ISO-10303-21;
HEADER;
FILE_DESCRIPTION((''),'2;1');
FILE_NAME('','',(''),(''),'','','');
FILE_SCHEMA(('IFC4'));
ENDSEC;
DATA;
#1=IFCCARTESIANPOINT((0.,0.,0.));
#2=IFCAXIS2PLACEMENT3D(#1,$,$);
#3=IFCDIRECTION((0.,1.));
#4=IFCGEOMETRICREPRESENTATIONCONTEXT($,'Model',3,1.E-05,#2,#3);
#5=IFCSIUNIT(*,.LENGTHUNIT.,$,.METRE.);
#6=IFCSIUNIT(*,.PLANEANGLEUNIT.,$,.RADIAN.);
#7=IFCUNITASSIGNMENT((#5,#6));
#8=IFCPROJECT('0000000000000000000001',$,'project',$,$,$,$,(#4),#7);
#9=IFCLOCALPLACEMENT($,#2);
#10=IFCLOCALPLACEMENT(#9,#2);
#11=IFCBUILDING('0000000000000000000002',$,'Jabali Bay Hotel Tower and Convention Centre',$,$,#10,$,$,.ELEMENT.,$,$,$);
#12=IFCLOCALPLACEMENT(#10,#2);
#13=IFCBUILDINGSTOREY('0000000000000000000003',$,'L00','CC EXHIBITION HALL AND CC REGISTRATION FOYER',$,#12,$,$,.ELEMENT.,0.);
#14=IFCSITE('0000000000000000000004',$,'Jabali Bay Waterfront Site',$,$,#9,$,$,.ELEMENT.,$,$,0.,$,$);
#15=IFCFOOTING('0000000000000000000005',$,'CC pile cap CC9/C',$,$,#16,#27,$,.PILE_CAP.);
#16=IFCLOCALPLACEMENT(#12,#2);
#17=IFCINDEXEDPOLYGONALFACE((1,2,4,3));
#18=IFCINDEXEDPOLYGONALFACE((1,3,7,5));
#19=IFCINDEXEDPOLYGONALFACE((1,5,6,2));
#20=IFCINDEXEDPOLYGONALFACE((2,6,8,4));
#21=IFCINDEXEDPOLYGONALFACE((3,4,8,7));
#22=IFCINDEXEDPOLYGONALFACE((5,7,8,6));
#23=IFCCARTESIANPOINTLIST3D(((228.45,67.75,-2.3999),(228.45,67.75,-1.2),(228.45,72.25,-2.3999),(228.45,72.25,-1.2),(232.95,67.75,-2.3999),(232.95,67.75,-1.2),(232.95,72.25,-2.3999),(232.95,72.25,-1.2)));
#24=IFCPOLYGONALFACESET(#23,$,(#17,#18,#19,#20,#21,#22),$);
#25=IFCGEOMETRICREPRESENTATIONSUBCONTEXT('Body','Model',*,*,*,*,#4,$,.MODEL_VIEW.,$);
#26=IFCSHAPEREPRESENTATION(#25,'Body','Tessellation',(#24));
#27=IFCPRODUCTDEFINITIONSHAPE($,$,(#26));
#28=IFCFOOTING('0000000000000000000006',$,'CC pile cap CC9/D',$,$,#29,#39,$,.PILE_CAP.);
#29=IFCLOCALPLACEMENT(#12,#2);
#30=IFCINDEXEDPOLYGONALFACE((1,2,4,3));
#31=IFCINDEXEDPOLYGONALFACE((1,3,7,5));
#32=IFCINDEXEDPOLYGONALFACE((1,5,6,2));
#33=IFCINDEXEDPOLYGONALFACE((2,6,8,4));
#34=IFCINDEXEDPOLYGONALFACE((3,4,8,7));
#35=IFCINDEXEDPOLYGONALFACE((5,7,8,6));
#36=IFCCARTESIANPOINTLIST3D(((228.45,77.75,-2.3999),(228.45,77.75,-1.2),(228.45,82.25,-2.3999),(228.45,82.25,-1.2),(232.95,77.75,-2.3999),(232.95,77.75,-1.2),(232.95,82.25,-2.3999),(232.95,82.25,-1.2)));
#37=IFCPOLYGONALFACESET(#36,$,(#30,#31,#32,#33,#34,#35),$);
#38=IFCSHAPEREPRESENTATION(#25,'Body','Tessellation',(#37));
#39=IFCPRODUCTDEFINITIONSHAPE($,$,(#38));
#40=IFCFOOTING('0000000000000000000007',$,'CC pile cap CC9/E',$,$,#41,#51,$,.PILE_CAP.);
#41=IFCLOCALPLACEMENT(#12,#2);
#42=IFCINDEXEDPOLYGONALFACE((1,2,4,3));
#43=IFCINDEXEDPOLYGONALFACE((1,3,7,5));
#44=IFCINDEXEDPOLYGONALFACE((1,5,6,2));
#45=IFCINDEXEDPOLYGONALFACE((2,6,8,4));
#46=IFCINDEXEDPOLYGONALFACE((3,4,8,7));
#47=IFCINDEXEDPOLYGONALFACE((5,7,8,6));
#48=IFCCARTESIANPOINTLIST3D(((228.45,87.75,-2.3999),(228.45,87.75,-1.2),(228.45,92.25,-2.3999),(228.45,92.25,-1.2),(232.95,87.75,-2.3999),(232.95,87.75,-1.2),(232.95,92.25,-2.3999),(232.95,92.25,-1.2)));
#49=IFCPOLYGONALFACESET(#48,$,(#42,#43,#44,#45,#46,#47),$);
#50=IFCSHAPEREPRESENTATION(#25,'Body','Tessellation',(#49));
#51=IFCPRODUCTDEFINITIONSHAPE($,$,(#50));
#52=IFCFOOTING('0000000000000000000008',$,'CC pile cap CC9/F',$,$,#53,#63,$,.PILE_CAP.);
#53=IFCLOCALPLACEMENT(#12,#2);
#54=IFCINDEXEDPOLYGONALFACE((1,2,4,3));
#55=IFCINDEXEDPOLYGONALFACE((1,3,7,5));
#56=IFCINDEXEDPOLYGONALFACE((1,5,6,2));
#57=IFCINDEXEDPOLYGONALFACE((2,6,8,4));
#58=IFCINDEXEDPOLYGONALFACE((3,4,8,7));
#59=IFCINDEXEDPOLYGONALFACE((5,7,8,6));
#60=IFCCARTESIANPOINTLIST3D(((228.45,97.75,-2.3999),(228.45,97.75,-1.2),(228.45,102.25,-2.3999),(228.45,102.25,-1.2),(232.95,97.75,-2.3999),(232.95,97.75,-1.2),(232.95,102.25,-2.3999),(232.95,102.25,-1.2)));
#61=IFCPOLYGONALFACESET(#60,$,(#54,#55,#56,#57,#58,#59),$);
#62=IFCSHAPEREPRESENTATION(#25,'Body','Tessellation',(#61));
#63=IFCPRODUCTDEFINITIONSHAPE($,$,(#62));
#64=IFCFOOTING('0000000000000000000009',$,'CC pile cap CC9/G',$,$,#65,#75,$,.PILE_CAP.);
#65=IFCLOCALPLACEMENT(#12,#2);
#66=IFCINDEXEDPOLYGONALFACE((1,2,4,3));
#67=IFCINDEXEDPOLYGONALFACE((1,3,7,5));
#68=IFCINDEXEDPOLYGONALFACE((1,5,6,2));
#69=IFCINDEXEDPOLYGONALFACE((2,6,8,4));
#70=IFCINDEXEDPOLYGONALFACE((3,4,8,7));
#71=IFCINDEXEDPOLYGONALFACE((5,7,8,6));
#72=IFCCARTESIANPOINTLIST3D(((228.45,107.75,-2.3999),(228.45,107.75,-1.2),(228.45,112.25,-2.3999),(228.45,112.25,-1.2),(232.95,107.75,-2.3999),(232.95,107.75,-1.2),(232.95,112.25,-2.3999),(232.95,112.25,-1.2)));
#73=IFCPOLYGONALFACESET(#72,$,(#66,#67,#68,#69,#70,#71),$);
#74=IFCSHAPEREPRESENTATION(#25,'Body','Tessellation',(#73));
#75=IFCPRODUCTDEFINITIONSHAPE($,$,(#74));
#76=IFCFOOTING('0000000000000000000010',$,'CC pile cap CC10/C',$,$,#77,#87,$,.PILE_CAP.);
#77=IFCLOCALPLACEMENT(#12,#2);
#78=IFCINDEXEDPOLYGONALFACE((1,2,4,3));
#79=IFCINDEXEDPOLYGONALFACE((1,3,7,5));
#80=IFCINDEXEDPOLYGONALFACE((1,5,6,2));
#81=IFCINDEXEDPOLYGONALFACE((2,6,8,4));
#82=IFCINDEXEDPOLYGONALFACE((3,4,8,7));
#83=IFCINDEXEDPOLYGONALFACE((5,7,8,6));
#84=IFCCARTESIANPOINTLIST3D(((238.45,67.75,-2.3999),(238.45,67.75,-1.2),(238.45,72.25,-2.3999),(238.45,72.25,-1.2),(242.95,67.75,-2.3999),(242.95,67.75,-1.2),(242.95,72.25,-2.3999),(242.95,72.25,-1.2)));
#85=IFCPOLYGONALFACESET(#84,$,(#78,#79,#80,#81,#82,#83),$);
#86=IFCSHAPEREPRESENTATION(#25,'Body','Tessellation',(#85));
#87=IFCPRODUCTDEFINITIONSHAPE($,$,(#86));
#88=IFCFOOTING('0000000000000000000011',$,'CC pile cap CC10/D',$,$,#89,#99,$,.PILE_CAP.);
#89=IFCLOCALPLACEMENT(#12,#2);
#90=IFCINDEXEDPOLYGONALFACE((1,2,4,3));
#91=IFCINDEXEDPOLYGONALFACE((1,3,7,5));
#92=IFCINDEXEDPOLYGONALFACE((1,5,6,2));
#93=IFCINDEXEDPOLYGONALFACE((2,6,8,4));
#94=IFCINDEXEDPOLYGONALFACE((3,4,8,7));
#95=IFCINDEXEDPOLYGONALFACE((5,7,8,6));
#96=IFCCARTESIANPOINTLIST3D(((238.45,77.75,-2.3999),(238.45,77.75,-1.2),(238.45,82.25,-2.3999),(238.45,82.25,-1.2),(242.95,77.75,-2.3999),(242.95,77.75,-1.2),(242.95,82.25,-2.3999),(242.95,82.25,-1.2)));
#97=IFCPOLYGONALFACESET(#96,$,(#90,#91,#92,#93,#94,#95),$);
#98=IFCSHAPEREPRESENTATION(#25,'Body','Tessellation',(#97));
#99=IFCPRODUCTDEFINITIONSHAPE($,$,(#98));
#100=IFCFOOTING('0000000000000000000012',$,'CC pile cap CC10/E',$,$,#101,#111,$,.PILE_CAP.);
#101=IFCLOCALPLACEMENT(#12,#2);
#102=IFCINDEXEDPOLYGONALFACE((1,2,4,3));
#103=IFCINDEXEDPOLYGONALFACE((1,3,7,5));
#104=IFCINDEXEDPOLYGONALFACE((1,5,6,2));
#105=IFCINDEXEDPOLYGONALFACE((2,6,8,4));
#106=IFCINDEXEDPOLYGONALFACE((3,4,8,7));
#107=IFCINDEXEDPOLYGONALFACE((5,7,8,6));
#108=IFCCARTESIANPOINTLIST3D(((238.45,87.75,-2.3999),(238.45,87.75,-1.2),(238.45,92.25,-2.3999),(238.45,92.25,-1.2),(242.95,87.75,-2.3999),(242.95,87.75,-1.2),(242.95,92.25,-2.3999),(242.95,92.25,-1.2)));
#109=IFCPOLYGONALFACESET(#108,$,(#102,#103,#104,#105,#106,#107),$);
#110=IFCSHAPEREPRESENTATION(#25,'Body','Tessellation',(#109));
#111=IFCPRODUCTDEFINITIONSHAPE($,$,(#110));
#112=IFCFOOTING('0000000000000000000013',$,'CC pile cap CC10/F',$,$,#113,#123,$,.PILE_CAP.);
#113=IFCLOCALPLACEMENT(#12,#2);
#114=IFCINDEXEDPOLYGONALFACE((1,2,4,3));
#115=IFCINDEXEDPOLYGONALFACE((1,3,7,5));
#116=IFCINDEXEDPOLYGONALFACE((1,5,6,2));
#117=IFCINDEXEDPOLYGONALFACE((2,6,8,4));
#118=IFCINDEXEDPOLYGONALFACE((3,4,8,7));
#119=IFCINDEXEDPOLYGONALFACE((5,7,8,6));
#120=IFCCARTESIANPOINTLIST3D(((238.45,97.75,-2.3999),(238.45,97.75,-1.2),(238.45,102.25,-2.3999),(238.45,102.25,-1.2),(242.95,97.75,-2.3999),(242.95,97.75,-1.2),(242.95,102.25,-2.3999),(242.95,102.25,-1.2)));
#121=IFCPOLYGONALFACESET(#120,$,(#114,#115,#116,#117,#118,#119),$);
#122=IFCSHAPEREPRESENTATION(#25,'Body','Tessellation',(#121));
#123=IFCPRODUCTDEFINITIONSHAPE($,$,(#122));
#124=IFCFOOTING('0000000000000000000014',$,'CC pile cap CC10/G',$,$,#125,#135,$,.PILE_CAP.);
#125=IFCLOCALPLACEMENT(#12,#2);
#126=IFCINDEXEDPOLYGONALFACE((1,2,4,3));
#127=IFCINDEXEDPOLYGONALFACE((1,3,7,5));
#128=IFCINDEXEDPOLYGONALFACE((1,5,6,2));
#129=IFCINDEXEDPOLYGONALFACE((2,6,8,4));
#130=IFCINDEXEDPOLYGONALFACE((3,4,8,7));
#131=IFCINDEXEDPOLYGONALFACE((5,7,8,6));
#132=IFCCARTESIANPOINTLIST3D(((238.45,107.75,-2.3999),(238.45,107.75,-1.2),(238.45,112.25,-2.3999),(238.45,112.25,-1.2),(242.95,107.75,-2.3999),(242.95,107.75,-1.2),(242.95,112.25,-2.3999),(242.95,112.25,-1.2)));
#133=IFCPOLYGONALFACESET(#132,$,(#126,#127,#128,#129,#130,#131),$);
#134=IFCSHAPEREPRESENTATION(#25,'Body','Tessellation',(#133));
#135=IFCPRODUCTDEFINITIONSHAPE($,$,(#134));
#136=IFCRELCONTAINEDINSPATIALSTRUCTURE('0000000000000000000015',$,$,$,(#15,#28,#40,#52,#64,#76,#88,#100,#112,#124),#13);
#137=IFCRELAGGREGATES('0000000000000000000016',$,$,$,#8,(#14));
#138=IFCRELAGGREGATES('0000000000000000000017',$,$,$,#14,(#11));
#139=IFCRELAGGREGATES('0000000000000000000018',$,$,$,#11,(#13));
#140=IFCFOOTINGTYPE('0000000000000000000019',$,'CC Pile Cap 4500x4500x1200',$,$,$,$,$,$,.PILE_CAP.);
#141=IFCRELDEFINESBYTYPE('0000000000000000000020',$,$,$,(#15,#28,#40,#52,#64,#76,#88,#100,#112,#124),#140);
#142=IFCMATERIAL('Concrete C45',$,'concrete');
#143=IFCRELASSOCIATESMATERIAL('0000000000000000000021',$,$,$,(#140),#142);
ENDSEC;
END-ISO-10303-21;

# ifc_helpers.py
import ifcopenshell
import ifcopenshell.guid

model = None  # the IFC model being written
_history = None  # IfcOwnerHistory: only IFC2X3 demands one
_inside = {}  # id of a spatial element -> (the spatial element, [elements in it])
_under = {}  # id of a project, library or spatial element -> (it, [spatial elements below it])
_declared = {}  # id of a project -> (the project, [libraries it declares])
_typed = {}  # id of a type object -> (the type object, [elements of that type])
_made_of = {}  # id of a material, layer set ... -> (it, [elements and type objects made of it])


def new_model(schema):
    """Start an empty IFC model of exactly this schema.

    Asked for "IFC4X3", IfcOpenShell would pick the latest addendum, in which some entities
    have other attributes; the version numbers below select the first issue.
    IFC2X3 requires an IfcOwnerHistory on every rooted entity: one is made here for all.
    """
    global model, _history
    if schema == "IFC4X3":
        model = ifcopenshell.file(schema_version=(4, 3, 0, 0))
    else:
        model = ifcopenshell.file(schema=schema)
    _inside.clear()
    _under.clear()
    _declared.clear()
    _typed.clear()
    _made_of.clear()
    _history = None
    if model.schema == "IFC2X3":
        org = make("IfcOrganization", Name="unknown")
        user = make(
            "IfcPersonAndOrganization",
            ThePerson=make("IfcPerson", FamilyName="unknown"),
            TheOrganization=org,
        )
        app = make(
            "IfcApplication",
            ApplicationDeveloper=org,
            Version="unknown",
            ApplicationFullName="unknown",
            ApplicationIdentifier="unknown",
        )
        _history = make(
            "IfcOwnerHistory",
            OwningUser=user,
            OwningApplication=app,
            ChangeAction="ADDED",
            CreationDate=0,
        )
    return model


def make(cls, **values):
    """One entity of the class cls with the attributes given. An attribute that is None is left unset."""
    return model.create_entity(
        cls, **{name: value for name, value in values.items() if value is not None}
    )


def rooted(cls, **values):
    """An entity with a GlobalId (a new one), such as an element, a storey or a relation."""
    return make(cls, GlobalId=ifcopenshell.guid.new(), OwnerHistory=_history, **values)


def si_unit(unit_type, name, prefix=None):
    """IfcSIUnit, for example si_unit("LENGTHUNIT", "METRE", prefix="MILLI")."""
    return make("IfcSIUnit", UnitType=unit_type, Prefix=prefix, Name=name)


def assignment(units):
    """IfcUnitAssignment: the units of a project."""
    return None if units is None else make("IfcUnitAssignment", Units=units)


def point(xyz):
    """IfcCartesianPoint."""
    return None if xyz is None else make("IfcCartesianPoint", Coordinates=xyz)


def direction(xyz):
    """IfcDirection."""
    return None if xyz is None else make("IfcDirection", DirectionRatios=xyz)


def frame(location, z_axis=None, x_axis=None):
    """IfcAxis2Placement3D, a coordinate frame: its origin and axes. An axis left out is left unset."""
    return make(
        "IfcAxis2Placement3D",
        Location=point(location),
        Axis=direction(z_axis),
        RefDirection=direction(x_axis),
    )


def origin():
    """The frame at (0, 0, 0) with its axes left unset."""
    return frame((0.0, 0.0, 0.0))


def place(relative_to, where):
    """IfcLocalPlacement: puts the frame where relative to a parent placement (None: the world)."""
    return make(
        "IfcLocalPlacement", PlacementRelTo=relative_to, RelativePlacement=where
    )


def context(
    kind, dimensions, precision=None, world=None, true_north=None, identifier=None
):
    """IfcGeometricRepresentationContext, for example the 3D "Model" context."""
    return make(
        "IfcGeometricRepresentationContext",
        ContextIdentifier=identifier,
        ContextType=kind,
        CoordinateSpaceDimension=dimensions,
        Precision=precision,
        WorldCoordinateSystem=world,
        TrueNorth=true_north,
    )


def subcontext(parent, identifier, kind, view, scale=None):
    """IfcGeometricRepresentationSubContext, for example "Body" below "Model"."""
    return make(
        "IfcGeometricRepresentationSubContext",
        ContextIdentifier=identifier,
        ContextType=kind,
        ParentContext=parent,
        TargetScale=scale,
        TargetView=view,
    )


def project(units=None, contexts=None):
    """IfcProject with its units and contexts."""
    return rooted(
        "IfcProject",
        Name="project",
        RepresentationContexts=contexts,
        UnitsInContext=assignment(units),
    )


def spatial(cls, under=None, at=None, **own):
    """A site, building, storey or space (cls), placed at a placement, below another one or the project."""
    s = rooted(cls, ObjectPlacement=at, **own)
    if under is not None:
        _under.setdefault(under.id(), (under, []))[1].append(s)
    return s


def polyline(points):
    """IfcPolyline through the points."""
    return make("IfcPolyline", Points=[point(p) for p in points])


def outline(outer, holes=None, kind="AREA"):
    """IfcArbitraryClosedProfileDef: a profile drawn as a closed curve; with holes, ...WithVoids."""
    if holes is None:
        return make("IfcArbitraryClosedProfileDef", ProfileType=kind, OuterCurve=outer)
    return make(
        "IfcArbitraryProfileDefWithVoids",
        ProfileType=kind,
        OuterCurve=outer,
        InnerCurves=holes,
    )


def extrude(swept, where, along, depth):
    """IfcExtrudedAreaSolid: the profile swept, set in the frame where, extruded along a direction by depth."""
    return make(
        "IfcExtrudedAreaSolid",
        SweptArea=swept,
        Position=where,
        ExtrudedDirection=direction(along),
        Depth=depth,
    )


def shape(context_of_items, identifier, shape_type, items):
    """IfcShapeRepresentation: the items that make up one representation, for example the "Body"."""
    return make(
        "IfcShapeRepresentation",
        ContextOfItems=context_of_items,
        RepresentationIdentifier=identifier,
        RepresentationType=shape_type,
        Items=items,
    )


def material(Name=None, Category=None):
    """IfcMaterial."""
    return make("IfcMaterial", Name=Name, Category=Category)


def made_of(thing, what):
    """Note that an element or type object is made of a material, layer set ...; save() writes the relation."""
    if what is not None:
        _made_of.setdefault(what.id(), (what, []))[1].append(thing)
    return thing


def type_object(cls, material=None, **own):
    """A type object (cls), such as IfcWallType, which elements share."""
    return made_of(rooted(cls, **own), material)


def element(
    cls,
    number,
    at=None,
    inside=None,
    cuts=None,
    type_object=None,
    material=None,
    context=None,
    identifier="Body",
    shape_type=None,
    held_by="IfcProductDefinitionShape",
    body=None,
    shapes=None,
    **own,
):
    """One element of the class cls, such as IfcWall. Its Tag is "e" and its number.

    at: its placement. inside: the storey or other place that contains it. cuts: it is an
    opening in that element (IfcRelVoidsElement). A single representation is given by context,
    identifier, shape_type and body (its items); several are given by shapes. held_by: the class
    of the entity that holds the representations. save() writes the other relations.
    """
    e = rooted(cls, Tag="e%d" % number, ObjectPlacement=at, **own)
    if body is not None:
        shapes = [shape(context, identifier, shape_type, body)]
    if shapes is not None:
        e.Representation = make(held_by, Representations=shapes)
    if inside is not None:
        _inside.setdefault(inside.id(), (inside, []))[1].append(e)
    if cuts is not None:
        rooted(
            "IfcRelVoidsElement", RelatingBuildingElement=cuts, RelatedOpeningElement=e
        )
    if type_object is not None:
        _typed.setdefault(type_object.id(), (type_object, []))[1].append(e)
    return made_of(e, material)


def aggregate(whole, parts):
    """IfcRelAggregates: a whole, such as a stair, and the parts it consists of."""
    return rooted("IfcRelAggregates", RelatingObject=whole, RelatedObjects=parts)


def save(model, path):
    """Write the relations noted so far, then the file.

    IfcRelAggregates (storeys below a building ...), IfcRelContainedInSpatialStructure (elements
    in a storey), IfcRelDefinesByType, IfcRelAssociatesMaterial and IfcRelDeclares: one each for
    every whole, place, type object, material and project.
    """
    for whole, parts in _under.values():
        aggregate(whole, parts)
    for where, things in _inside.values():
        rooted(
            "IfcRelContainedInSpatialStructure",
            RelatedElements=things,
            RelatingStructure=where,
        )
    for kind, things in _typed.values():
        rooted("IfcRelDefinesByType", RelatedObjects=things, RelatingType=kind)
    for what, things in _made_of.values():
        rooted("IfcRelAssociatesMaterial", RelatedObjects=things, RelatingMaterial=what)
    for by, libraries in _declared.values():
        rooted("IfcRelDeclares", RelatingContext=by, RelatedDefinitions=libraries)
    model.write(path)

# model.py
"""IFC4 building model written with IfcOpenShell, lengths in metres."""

from ifc_helpers import new_model, si_unit, direction, frame, origin, place, context, subcontext, project, spatial, polyline, outline, extrude, material, type_object, element, save


model = new_model("IFC4")

# Units and contexts
model_context = context("Model", 3, precision=1e-05, world=origin(), true_north=direction((0.0, 1.0)))
body_context = subcontext(model_context, "Body", "Model", "MODEL_VIEW")
ifc_project = project(units=[si_unit("LENGTHUNIT", "METRE"), si_unit("PLANEANGLEUNIT", "RADIAN")], contexts=[model_context])

# Site, building, storey
site_placement = place(None, origin())
site = spatial("IfcSite", under=ifc_project, at=site_placement, Name="Jabali Bay Waterfront Site", CompositionType="ELEMENT", RefElevation=0.0)
building_placement = place(site_placement, origin())
building = spatial("IfcBuilding", under=site, at=building_placement, Name="Jabali Bay Hotel Tower and Convention Centre", CompositionType="ELEMENT")
storey_placement = place(building_placement, origin())
storey = spatial("IfcBuildingStorey", under=building, at=storey_placement, Name="L00", Description="CC EXHIBITION HALL AND CC REGISTRATION FOYER", CompositionType="ELEMENT", Elevation=0.0)

# Footings
ifc_material = material(Name="Concrete C45", Category="concrete")
footing_type = type_object("IfcFootingType", Name="CC Pile Cap 4500x4500x1200", PredefinedType="PILE_CAP", material=ifc_material)
footing_1_placement = place(storey_placement, frame((0.0, 0.0, -2.3999)))
element("IfcFooting", 1, at=footing_1_placement, inside=storey, type_object=footing_type, Name="CC pile cap CC9/C", PredefinedType="PILE_CAP", context=body_context, shape_type="SweptSolid", body=[
    extrude(outline(polyline([(228.45, 67.75), (232.95, 67.75), (232.95, 72.25), (228.45, 72.25), (228.45, 67.75)])), origin(), (0.0, 0.0, 1.0), 1.2),
])
footing_2_placement = place(storey_placement, frame((0.0, 0.0, -2.3999)))
element("IfcFooting", 2, at=footing_2_placement, inside=storey, type_object=footing_type, Name="CC pile cap CC9/D", PredefinedType="PILE_CAP", context=body_context, shape_type="SweptSolid", body=[
    extrude(outline(polyline([(228.45, 77.75), (232.95, 77.75), (232.95, 82.25), (228.45, 82.25), (228.45, 77.75)])), origin(), (0.0, 0.0, 1.0), 1.2),
])
footing_3_placement = place(storey_placement, frame((0.0, 0.0, -2.3999)))
element("IfcFooting", 3, at=footing_3_placement, inside=storey, type_object=footing_type, Name="CC pile cap CC9/E", PredefinedType="PILE_CAP", context=body_context, shape_type="SweptSolid", body=[
    extrude(outline(polyline([(228.45, 87.75), (232.95, 87.75), (232.95, 92.25), (228.45, 92.25), (228.45, 87.75)])), origin(), (0.0, 0.0, 1.0), 1.2),
])
footing_4_placement = place(storey_placement, frame((0.0, 0.0, -2.3999)))
element("IfcFooting", 4, at=footing_4_placement, inside=storey, type_object=footing_type, Name="CC pile cap CC9/F", PredefinedType="PILE_CAP", context=body_context, shape_type="SweptSolid", body=[
    extrude(outline(polyline([(228.45, 97.75), (232.95, 97.75), (232.95, 102.25), (228.45, 102.25), (228.45, 97.75)])), origin(), (0.0, 0.0, 1.0), 1.2),
])
footing_5_placement = place(storey_placement, frame((0.0, 0.0, -2.3999)))
element("IfcFooting", 5, at=footing_5_placement, inside=storey, type_object=footing_type, Name="CC pile cap CC9/G", PredefinedType="PILE_CAP", context=body_context, shape_type="SweptSolid", body=[
    extrude(outline(polyline([(228.45, 107.75), (232.95, 107.75), (232.95, 112.25), (228.45, 112.25), (228.45, 107.75)])), origin(), (0.0, 0.0, 1.0), 1.2),
])
footing_6_placement = place(storey_placement, frame((0.0, 0.0, -2.3999)))
element("IfcFooting", 6, at=footing_6_placement, inside=storey, type_object=footing_type, Name="CC pile cap CC10/C", PredefinedType="PILE_CAP", context=body_context, shape_type="SweptSolid", body=[
    extrude(outline(polyline([(238.45, 67.75), (242.95, 67.75), (242.95, 72.25), (238.45, 72.25), (238.45, 67.75)])), origin(), (0.0, 0.0, 1.0), 1.2),
])
footing_7_placement = place(storey_placement, frame((0.0, 0.0, -2.3999)))
element("IfcFooting", 7, at=footing_7_placement, inside=storey, type_object=footing_type, Name="CC pile cap CC10/D", PredefinedType="PILE_CAP", context=body_context, shape_type="SweptSolid", body=[
    extrude(outline(polyline([(238.45, 77.75), (242.95, 77.75), (242.95, 82.25), (238.45, 82.25), (238.45, 77.75)])), origin(), (0.0, 0.0, 1.0), 1.2),
])
footing_8_placement = place(storey_placement, frame((0.0, 0.0, -2.3999)))
element("IfcFooting", 8, at=footing_8_placement, inside=storey, type_object=footing_type, Name="CC pile cap CC10/E", PredefinedType="PILE_CAP", context=body_context, shape_type="SweptSolid", body=[
    extrude(outline(polyline([(238.45, 87.75), (242.95, 87.75), (242.95, 92.25), (238.45, 92.25), (238.45, 87.75)])), origin(), (0.0, 0.0, 1.0), 1.2),
])
footing_9_placement = place(storey_placement, frame((0.0, 0.0, -2.3999)))
element("IfcFooting", 9, at=footing_9_placement, inside=storey, type_object=footing_type, Name="CC pile cap CC10/F", PredefinedType="PILE_CAP", context=body_context, shape_type="SweptSolid", body=[
    extrude(outline(polyline([(238.45, 97.75), (242.95, 97.75), (242.95, 102.25), (238.45, 102.25), (238.45, 97.75)])), origin(), (0.0, 0.0, 1.0), 1.2),
])
footing_10_placement = place(storey_placement, frame((0.0, 0.0, -2.3999)))
element("IfcFooting", 10, at=footing_10_placement, inside=storey, type_object=footing_type, Name="CC pile cap CC10/G", PredefinedType="PILE_CAP", context=body_context, shape_type="SweptSolid", body=[
    extrude(outline(polyline([(238.45, 107.75), (242.95, 107.75), (242.95, 112.25), (238.45, 112.25), (238.45, 107.75)])), origin(), (0.0, 0.0, 1.0), 1.2),
])

save(model, "model.ifc")
